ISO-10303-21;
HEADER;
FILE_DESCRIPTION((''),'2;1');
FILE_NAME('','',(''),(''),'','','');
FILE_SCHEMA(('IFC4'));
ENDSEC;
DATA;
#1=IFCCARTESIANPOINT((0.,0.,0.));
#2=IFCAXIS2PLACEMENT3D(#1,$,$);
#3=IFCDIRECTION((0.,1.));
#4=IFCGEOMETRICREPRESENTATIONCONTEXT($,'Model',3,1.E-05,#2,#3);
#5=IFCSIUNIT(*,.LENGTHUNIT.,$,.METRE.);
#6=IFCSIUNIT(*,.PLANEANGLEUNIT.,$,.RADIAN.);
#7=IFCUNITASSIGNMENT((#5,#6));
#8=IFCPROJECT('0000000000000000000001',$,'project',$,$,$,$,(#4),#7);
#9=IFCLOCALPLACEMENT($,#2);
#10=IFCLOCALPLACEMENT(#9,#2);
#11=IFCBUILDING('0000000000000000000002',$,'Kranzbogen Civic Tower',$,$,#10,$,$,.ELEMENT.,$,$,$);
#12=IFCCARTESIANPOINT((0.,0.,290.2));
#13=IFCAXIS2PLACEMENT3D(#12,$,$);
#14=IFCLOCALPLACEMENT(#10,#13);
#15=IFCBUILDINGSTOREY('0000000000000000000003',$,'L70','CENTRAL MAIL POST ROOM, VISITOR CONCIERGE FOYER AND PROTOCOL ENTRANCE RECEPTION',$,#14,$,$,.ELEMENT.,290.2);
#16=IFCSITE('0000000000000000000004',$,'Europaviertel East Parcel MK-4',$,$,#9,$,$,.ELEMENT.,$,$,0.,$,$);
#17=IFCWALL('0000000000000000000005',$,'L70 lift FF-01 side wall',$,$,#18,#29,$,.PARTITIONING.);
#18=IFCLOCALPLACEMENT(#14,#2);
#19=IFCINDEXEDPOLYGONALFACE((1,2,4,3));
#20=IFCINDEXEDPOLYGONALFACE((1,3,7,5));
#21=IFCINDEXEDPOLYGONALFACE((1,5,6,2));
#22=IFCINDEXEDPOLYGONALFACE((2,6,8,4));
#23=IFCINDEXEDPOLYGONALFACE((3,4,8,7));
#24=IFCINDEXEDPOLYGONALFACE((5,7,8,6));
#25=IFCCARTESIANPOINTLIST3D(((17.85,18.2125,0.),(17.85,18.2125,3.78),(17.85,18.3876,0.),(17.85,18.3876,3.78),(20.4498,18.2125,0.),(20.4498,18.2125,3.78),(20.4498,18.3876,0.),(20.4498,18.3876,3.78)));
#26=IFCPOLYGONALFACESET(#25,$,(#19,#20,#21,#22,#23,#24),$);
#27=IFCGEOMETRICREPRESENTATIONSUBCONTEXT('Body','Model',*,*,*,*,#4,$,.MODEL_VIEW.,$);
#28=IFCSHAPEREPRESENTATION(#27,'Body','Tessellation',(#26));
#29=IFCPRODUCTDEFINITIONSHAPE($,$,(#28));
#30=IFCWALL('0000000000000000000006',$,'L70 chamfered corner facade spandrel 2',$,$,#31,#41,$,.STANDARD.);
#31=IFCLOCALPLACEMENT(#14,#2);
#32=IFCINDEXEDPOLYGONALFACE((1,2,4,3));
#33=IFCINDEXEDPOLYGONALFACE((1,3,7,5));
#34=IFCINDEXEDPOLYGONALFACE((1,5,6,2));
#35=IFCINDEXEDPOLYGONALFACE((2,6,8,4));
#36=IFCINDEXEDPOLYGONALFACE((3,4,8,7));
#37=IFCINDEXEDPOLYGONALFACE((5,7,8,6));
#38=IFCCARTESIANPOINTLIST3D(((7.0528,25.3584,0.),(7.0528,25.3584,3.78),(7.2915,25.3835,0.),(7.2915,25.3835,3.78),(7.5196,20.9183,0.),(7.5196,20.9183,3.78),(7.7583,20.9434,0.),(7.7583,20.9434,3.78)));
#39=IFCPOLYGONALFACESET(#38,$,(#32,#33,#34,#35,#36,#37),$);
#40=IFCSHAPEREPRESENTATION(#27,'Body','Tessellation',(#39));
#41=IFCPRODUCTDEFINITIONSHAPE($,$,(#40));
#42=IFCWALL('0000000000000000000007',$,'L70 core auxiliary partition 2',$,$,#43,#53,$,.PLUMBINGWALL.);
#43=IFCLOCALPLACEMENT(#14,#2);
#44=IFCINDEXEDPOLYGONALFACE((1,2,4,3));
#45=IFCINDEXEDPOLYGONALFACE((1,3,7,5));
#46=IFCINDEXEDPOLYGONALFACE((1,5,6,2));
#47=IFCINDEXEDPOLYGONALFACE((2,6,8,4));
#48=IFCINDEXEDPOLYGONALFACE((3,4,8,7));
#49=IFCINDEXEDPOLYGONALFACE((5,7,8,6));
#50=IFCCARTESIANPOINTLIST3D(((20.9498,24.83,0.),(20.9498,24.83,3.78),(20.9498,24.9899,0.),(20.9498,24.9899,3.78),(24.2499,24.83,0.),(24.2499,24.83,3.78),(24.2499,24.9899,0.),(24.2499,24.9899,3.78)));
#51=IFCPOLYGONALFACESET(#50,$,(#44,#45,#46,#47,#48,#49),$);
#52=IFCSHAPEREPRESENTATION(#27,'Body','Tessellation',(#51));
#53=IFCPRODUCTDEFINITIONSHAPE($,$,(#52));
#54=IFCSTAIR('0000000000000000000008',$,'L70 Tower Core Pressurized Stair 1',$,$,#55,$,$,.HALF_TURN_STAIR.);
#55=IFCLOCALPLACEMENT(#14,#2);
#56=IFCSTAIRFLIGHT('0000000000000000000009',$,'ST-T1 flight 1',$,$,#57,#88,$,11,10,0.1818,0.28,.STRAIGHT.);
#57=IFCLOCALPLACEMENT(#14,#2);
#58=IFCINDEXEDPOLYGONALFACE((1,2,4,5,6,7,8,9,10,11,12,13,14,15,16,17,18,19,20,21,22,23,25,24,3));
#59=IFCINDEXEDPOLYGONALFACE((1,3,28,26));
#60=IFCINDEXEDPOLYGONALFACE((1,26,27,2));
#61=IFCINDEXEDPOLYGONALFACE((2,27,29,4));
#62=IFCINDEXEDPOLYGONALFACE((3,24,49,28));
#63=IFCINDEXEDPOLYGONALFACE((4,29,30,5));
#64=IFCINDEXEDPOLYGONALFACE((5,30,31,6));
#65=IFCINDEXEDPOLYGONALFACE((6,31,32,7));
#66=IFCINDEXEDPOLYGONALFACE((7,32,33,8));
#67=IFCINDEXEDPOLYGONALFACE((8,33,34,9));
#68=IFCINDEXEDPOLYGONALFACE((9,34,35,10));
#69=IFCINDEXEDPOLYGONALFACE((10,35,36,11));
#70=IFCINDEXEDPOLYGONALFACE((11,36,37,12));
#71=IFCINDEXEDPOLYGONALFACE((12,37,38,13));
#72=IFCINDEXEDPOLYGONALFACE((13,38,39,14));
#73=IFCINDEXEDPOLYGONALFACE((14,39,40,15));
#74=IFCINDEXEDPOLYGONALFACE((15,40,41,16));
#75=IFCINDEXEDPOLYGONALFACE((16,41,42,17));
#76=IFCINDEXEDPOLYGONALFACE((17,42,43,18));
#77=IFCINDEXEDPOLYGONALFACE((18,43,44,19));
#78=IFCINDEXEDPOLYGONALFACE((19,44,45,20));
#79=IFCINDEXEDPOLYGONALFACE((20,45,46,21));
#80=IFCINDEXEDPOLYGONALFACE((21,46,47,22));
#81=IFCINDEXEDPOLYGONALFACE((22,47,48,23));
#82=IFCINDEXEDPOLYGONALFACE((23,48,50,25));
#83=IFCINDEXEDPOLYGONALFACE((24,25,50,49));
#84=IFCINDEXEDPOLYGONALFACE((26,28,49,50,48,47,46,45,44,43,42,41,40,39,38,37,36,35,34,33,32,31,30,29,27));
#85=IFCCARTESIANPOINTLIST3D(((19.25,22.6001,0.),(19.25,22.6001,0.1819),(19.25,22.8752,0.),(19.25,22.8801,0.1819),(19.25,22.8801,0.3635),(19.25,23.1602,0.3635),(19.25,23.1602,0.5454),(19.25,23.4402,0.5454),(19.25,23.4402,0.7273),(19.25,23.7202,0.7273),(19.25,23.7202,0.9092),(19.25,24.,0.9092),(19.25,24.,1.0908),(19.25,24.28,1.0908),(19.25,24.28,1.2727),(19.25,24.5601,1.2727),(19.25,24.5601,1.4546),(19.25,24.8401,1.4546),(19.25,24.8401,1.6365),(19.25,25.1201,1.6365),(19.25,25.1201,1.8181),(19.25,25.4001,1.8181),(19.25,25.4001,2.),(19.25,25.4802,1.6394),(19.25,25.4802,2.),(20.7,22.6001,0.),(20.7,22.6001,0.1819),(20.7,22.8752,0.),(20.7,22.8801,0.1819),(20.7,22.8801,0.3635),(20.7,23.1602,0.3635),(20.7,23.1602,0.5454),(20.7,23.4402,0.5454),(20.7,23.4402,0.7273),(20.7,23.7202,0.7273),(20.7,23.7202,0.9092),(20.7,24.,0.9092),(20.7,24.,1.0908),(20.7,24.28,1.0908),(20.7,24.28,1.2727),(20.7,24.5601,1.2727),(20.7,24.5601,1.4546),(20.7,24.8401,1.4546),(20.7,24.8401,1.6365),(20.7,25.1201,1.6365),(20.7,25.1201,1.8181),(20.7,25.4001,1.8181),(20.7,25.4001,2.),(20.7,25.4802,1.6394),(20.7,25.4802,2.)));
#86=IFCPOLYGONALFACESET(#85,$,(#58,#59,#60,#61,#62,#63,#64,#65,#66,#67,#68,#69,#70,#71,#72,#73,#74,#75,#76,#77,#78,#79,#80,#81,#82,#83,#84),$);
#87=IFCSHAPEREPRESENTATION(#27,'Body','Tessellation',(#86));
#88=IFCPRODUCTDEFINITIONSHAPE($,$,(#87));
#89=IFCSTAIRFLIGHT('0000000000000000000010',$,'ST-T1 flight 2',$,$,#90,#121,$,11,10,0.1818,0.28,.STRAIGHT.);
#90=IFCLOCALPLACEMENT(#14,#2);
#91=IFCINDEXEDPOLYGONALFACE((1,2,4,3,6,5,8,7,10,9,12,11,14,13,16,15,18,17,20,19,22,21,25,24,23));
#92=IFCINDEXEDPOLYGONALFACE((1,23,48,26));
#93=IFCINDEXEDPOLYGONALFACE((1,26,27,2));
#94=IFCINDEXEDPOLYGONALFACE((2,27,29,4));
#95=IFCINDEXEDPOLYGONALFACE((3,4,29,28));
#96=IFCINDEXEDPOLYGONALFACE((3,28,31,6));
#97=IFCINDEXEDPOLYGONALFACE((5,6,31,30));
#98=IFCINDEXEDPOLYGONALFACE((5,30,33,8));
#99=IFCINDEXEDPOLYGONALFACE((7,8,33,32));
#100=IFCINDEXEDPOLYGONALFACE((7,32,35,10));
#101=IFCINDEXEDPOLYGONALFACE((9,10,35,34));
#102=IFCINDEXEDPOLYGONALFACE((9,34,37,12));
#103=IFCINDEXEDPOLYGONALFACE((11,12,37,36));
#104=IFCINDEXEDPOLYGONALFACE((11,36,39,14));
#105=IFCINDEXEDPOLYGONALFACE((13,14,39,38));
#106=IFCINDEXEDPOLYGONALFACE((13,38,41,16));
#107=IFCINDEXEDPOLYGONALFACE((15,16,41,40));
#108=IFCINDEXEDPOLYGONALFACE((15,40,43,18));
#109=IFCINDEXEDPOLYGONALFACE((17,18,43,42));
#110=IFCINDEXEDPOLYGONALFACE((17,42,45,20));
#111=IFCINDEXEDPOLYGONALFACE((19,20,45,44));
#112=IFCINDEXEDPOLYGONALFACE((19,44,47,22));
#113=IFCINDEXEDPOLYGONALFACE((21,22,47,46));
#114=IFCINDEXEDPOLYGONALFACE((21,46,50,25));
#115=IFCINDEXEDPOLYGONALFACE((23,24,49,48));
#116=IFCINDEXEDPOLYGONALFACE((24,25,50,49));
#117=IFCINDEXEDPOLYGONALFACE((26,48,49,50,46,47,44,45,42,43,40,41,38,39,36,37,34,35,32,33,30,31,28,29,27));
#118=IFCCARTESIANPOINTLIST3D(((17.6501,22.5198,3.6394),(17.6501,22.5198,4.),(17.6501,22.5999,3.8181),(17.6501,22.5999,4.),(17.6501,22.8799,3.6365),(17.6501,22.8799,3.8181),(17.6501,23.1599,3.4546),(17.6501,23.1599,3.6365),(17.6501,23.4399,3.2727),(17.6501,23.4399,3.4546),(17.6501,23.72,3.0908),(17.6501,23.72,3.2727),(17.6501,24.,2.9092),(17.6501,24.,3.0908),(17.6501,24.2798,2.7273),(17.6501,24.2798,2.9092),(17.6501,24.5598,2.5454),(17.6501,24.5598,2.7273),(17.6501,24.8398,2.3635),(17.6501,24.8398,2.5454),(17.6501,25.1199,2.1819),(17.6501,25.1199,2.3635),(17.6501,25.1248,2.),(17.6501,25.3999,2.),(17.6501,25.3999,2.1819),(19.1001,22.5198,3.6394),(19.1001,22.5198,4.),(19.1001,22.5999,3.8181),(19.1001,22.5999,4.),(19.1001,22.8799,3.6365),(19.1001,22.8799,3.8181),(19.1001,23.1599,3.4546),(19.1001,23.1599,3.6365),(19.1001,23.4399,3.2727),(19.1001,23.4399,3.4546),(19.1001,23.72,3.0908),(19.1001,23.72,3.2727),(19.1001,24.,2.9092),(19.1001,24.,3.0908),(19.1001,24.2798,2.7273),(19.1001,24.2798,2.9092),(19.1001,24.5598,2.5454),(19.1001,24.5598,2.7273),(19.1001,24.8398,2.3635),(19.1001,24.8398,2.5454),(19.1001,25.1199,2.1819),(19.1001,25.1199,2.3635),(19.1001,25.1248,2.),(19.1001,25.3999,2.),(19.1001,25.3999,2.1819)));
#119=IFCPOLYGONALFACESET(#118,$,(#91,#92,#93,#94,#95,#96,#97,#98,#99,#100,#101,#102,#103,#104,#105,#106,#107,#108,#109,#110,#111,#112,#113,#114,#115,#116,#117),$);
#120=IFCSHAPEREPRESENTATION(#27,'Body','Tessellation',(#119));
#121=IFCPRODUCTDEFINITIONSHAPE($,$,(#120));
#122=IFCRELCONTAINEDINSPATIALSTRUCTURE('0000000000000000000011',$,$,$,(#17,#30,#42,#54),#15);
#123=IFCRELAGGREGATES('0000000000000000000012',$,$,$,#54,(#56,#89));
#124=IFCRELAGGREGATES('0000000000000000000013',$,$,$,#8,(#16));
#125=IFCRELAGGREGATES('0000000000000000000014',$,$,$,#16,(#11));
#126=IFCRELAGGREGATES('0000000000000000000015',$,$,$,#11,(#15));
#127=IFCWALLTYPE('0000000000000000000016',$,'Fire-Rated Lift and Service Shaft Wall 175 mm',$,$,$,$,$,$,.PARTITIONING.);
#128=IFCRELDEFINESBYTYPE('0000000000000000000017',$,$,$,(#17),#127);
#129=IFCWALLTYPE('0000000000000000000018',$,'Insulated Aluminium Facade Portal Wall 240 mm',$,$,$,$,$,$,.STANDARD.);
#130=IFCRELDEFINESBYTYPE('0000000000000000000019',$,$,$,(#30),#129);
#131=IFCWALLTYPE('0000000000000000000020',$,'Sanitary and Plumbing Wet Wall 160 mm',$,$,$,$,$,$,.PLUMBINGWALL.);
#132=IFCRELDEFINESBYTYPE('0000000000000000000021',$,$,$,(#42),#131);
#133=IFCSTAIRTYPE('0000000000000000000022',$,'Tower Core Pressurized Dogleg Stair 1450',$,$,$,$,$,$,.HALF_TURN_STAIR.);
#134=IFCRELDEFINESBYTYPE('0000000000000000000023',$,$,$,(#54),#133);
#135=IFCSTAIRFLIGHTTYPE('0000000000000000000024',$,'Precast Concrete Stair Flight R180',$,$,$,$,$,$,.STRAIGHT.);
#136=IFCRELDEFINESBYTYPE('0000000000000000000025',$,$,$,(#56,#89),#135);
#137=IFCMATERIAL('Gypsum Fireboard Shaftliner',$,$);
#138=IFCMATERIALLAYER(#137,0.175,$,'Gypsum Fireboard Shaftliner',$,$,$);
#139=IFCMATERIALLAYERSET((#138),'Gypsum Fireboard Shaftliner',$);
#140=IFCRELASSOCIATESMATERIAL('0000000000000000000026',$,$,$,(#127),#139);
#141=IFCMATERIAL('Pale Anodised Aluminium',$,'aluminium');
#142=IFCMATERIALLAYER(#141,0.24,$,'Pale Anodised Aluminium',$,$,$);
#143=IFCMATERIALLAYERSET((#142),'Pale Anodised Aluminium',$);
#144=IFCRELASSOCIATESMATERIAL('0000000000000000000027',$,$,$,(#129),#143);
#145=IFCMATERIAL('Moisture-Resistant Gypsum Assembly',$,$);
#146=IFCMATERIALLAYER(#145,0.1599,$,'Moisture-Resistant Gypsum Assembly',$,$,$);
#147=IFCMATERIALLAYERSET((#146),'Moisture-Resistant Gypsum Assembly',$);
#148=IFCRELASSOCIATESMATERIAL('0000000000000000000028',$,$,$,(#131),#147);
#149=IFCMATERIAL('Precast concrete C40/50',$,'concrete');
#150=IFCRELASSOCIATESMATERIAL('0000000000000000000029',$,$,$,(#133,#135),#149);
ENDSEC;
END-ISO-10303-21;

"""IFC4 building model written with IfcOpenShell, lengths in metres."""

from ifc_helpers import new_model, si_unit, direction, frame, frame_2d, origin, place, context, subcontext, project, spatial, polyline, rectangle, outline, extrude, material, layer, layer_set, type_object, element, aggregate, save


model = new_model("IFC4")

# Units and contexts
model_context = context("Model", 3, precision=1e-05, world=origin(), true_north=direction((0.0, 1.0)))
body_context = subcontext(model_context, "Body", "Model", "MODEL_VIEW")
ifc_project = project(units=[si_unit("LENGTHUNIT", "METRE"), si_unit("PLANEANGLEUNIT", "RADIAN")], contexts=[model_context])

# Site, building, storey
site_placement = place(None, origin())
site = spatial("IfcSite", under=ifc_project, at=site_placement, Name="Europaviertel East Parcel MK-4", CompositionType="ELEMENT", RefElevation=0.0)
building_placement = place(site_placement, origin())
building = spatial("IfcBuilding", under=site, at=building_placement, Name="Kranzbogen Civic Tower", CompositionType="ELEMENT")
storey_placement = place(building_placement, frame((0.0, 0.0, 290.2)))
storey = spatial("IfcBuildingStorey", under=building, at=storey_placement, Name="L70", Description="CENTRAL MAIL POST ROOM, VISITOR CONCIERGE FOYER AND PROTOCOL ENTRANCE RECEPTION", CompositionType="ELEMENT", Elevation=290.2)

# Shared definitions
ifc_material_1 = material(Name="Pale Anodised Aluminium", Category="aluminium")

# Shared definitions
ifc_material_2 = material(Name="Gypsum Fireboard Shaftliner")
ifc_layer_1 = layer(ifc_material_2, 0.175, Name="Gypsum Fireboard Shaftliner")
ifc_layer_set_1 = layer_set([ifc_layer_1], Name="Gypsum Fireboard Shaftliner")
wall_type_1 = type_object("IfcWallType", Name="Fire-Rated Lift and Service Shaft Wall 175 mm", PredefinedType="PARTITIONING", material=ifc_layer_set_1)

# Walls
wall_1_placement = place(storey_placement, frame((17.8501, 18.3, 0.0), z_axis=(0.0, 0.0, 1.0), x_axis=(1.0, 0.0, 0.0)))
element("IfcWall", 1, at=wall_1_placement, inside=storey, type_object=wall_type_1, Name="L70 lift FF-01 side wall", PredefinedType="PARTITIONING", context=body_context, shape_type="SweptSolid", body=[
    extrude(rectangle(XDim=2.5999, YDim=0.175, at=frame_2d((1.2998, 0.0))), origin(), (0.0, 0.0, 1.0), 3.78),
])
ifc_layer_2 = layer(ifc_material_1, 0.24, Name="Pale Anodised Aluminium")
ifc_layer_set_2 = layer_set([ifc_layer_2], Name="Pale Anodised Aluminium")
wall_type_2 = type_object("IfcWallType", Name="Insulated Aluminium Facade Portal Wall 240 mm", PredefinedType="STANDARD", material=ifc_layer_set_2)
wall_2_placement = place(storey_placement, frame((7.1721, 25.3711, 0.0), z_axis=(0.0, 0.0, 1.0), x_axis=(0.104554, -0.994519, 0.0)))
element("IfcWall", 2, at=wall_2_placement, inside=storey, type_object=wall_type_2, Name="L70 chamfered corner facade spandrel 2", PredefinedType="STANDARD", context=body_context, shape_type="SweptSolid", body=[
    extrude(rectangle(XDim=4.4646, YDim=0.24, at=frame_2d((2.2324, 0.0))), origin(), (0.0, 0.0, 1.0), 3.78),
])
ifc_material_3 = material(Name="Moisture-Resistant Gypsum Assembly")
ifc_layer_3 = layer(ifc_material_3, 0.1599, Name="Moisture-Resistant Gypsum Assembly")
ifc_layer_set_3 = layer_set([ifc_layer_3], Name="Moisture-Resistant Gypsum Assembly")
wall_type_3 = type_object("IfcWallType", Name="Sanitary and Plumbing Wet Wall 160 mm", PredefinedType="PLUMBINGWALL", material=ifc_layer_set_3)
wall_3_placement = place(storey_placement, frame((20.95, 24.9099, 0.0), z_axis=(0.0, 0.0, 1.0), x_axis=(1.0, 0.0, 0.0)))
element("IfcWall", 3, at=wall_3_placement, inside=storey, type_object=wall_type_3, Name="L70 core auxiliary partition 2", PredefinedType="PLUMBINGWALL", context=body_context, shape_type="SweptSolid", body=[
    extrude(rectangle(XDim=3.3, YDim=0.1599, at=frame_2d((1.6499, 0.0))), origin(), (0.0, 0.0, 1.0), 3.78),
])

# Stair, stair flights
ifc_material_4 = material(Name="Precast concrete C40/50", Category="concrete")
stair_type = type_object("IfcStairType", Name="Tower Core Pressurized Dogleg Stair 1450", PredefinedType="HALF_TURN_STAIR", material=ifc_material_4)
stair_placement = place(storey_placement, origin())
stair = element("IfcStair", 4, at=stair_placement, inside=storey, type_object=stair_type, Name="L70 Tower Core Pressurized Stair 1", PredefinedType="HALF_TURN_STAIR")
stair_flight_type = type_object("IfcStairFlightType", Name="Precast Concrete Stair Flight R180", PredefinedType="STRAIGHT", material=ifc_material_4)
stair_flight_1_placement = place(storey_placement, frame((19.9751, 22.6001, 0.0), z_axis=(0.0, 0.0, 1.0), x_axis=(0.0, 1.0, 0.0)))
stair_flight_1 = element("IfcStairFlight", 5, at=stair_flight_1_placement, type_object=stair_flight_type, Name="ST-T1 flight 1", NumberOfRisers=11, NumberOfTreads=10, PredefinedType="STRAIGHT", RiserHeight=0.1818, TreadLength=0.28, context=body_context, shape_type="SweptSolid", body=[
    extrude(outline(polyline([(0.0, 0.0), (0.0, 0.1819), (0.28, 0.1819), (0.28, 0.3635), (0.5601, 0.3635), (0.5601, 0.5454), (0.8401, 0.5454), (0.8401, 0.7273), (1.1201, 0.7273), (1.1201, 0.9092), (1.3999, 0.9092), (1.3999, 1.0908), (1.6799, 1.0908), (1.6799, 1.2727), (1.96, 1.2727), (1.96, 1.4546), (2.24, 1.4546), (2.24, 1.6365), (2.52, 1.6365), (2.52, 1.8181), (2.8, 1.8181), (2.8, 2.0), (2.8801, 2.0), (2.8801, 1.6394), (0.2751, 0.0), (0.0, 0.0)])), frame((0.0, 0.7251, 0.0), z_axis=(0.0, -1.0, 0.0), x_axis=(1.0, 0.0, 0.0)), (0.0, 0.0, 1.0), 1.45),
])
stair_flight_2_placement = place(storey_placement, frame((18.375, 25.3999, 2.0), z_axis=(0.0, 0.0, 1.0), x_axis=(0.0, -1.0, 0.0)))
stair_flight_2 = element("IfcStairFlight", 6, at=stair_flight_2_placement, type_object=stair_flight_type, Name="ST-T1 flight 2", NumberOfRisers=11, NumberOfTreads=10, PredefinedType="STRAIGHT", RiserHeight=0.1818, TreadLength=0.28, context=body_context, shape_type="SweptSolid", body=[
    extrude(outline(polyline([(0.0, 0.0), (0.0, 0.1819), (0.28, 0.1819), (0.28, 0.3635), (0.5601, 0.3635), (0.5601, 0.5454), (0.8401, 0.5454), (0.8401, 0.7273), (1.1201, 0.7273), (1.1201, 0.9092), (1.3999, 0.9092), (1.3999, 1.0908), (1.6799, 1.0908), (1.6799, 1.2727), (1.96, 1.2727), (1.96, 1.4546), (2.24, 1.4546), (2.24, 1.6365), (2.52, 1.6365), (2.52, 1.8181), (2.8, 1.8181), (2.8, 2.0), (2.8801, 2.0), (2.8801, 1.6394), (0.2751, 0.0), (0.0, 0.0)])), frame((0.0, 0.7251, 0.0), z_axis=(0.0, -1.0, 0.0), x_axis=(1.0, 0.0, 0.0)), (0.0, 0.0, 1.0), 1.45),
])
aggregate(stair, [stair_flight_1, stair_flight_2])

save(model, "model.ifc")
